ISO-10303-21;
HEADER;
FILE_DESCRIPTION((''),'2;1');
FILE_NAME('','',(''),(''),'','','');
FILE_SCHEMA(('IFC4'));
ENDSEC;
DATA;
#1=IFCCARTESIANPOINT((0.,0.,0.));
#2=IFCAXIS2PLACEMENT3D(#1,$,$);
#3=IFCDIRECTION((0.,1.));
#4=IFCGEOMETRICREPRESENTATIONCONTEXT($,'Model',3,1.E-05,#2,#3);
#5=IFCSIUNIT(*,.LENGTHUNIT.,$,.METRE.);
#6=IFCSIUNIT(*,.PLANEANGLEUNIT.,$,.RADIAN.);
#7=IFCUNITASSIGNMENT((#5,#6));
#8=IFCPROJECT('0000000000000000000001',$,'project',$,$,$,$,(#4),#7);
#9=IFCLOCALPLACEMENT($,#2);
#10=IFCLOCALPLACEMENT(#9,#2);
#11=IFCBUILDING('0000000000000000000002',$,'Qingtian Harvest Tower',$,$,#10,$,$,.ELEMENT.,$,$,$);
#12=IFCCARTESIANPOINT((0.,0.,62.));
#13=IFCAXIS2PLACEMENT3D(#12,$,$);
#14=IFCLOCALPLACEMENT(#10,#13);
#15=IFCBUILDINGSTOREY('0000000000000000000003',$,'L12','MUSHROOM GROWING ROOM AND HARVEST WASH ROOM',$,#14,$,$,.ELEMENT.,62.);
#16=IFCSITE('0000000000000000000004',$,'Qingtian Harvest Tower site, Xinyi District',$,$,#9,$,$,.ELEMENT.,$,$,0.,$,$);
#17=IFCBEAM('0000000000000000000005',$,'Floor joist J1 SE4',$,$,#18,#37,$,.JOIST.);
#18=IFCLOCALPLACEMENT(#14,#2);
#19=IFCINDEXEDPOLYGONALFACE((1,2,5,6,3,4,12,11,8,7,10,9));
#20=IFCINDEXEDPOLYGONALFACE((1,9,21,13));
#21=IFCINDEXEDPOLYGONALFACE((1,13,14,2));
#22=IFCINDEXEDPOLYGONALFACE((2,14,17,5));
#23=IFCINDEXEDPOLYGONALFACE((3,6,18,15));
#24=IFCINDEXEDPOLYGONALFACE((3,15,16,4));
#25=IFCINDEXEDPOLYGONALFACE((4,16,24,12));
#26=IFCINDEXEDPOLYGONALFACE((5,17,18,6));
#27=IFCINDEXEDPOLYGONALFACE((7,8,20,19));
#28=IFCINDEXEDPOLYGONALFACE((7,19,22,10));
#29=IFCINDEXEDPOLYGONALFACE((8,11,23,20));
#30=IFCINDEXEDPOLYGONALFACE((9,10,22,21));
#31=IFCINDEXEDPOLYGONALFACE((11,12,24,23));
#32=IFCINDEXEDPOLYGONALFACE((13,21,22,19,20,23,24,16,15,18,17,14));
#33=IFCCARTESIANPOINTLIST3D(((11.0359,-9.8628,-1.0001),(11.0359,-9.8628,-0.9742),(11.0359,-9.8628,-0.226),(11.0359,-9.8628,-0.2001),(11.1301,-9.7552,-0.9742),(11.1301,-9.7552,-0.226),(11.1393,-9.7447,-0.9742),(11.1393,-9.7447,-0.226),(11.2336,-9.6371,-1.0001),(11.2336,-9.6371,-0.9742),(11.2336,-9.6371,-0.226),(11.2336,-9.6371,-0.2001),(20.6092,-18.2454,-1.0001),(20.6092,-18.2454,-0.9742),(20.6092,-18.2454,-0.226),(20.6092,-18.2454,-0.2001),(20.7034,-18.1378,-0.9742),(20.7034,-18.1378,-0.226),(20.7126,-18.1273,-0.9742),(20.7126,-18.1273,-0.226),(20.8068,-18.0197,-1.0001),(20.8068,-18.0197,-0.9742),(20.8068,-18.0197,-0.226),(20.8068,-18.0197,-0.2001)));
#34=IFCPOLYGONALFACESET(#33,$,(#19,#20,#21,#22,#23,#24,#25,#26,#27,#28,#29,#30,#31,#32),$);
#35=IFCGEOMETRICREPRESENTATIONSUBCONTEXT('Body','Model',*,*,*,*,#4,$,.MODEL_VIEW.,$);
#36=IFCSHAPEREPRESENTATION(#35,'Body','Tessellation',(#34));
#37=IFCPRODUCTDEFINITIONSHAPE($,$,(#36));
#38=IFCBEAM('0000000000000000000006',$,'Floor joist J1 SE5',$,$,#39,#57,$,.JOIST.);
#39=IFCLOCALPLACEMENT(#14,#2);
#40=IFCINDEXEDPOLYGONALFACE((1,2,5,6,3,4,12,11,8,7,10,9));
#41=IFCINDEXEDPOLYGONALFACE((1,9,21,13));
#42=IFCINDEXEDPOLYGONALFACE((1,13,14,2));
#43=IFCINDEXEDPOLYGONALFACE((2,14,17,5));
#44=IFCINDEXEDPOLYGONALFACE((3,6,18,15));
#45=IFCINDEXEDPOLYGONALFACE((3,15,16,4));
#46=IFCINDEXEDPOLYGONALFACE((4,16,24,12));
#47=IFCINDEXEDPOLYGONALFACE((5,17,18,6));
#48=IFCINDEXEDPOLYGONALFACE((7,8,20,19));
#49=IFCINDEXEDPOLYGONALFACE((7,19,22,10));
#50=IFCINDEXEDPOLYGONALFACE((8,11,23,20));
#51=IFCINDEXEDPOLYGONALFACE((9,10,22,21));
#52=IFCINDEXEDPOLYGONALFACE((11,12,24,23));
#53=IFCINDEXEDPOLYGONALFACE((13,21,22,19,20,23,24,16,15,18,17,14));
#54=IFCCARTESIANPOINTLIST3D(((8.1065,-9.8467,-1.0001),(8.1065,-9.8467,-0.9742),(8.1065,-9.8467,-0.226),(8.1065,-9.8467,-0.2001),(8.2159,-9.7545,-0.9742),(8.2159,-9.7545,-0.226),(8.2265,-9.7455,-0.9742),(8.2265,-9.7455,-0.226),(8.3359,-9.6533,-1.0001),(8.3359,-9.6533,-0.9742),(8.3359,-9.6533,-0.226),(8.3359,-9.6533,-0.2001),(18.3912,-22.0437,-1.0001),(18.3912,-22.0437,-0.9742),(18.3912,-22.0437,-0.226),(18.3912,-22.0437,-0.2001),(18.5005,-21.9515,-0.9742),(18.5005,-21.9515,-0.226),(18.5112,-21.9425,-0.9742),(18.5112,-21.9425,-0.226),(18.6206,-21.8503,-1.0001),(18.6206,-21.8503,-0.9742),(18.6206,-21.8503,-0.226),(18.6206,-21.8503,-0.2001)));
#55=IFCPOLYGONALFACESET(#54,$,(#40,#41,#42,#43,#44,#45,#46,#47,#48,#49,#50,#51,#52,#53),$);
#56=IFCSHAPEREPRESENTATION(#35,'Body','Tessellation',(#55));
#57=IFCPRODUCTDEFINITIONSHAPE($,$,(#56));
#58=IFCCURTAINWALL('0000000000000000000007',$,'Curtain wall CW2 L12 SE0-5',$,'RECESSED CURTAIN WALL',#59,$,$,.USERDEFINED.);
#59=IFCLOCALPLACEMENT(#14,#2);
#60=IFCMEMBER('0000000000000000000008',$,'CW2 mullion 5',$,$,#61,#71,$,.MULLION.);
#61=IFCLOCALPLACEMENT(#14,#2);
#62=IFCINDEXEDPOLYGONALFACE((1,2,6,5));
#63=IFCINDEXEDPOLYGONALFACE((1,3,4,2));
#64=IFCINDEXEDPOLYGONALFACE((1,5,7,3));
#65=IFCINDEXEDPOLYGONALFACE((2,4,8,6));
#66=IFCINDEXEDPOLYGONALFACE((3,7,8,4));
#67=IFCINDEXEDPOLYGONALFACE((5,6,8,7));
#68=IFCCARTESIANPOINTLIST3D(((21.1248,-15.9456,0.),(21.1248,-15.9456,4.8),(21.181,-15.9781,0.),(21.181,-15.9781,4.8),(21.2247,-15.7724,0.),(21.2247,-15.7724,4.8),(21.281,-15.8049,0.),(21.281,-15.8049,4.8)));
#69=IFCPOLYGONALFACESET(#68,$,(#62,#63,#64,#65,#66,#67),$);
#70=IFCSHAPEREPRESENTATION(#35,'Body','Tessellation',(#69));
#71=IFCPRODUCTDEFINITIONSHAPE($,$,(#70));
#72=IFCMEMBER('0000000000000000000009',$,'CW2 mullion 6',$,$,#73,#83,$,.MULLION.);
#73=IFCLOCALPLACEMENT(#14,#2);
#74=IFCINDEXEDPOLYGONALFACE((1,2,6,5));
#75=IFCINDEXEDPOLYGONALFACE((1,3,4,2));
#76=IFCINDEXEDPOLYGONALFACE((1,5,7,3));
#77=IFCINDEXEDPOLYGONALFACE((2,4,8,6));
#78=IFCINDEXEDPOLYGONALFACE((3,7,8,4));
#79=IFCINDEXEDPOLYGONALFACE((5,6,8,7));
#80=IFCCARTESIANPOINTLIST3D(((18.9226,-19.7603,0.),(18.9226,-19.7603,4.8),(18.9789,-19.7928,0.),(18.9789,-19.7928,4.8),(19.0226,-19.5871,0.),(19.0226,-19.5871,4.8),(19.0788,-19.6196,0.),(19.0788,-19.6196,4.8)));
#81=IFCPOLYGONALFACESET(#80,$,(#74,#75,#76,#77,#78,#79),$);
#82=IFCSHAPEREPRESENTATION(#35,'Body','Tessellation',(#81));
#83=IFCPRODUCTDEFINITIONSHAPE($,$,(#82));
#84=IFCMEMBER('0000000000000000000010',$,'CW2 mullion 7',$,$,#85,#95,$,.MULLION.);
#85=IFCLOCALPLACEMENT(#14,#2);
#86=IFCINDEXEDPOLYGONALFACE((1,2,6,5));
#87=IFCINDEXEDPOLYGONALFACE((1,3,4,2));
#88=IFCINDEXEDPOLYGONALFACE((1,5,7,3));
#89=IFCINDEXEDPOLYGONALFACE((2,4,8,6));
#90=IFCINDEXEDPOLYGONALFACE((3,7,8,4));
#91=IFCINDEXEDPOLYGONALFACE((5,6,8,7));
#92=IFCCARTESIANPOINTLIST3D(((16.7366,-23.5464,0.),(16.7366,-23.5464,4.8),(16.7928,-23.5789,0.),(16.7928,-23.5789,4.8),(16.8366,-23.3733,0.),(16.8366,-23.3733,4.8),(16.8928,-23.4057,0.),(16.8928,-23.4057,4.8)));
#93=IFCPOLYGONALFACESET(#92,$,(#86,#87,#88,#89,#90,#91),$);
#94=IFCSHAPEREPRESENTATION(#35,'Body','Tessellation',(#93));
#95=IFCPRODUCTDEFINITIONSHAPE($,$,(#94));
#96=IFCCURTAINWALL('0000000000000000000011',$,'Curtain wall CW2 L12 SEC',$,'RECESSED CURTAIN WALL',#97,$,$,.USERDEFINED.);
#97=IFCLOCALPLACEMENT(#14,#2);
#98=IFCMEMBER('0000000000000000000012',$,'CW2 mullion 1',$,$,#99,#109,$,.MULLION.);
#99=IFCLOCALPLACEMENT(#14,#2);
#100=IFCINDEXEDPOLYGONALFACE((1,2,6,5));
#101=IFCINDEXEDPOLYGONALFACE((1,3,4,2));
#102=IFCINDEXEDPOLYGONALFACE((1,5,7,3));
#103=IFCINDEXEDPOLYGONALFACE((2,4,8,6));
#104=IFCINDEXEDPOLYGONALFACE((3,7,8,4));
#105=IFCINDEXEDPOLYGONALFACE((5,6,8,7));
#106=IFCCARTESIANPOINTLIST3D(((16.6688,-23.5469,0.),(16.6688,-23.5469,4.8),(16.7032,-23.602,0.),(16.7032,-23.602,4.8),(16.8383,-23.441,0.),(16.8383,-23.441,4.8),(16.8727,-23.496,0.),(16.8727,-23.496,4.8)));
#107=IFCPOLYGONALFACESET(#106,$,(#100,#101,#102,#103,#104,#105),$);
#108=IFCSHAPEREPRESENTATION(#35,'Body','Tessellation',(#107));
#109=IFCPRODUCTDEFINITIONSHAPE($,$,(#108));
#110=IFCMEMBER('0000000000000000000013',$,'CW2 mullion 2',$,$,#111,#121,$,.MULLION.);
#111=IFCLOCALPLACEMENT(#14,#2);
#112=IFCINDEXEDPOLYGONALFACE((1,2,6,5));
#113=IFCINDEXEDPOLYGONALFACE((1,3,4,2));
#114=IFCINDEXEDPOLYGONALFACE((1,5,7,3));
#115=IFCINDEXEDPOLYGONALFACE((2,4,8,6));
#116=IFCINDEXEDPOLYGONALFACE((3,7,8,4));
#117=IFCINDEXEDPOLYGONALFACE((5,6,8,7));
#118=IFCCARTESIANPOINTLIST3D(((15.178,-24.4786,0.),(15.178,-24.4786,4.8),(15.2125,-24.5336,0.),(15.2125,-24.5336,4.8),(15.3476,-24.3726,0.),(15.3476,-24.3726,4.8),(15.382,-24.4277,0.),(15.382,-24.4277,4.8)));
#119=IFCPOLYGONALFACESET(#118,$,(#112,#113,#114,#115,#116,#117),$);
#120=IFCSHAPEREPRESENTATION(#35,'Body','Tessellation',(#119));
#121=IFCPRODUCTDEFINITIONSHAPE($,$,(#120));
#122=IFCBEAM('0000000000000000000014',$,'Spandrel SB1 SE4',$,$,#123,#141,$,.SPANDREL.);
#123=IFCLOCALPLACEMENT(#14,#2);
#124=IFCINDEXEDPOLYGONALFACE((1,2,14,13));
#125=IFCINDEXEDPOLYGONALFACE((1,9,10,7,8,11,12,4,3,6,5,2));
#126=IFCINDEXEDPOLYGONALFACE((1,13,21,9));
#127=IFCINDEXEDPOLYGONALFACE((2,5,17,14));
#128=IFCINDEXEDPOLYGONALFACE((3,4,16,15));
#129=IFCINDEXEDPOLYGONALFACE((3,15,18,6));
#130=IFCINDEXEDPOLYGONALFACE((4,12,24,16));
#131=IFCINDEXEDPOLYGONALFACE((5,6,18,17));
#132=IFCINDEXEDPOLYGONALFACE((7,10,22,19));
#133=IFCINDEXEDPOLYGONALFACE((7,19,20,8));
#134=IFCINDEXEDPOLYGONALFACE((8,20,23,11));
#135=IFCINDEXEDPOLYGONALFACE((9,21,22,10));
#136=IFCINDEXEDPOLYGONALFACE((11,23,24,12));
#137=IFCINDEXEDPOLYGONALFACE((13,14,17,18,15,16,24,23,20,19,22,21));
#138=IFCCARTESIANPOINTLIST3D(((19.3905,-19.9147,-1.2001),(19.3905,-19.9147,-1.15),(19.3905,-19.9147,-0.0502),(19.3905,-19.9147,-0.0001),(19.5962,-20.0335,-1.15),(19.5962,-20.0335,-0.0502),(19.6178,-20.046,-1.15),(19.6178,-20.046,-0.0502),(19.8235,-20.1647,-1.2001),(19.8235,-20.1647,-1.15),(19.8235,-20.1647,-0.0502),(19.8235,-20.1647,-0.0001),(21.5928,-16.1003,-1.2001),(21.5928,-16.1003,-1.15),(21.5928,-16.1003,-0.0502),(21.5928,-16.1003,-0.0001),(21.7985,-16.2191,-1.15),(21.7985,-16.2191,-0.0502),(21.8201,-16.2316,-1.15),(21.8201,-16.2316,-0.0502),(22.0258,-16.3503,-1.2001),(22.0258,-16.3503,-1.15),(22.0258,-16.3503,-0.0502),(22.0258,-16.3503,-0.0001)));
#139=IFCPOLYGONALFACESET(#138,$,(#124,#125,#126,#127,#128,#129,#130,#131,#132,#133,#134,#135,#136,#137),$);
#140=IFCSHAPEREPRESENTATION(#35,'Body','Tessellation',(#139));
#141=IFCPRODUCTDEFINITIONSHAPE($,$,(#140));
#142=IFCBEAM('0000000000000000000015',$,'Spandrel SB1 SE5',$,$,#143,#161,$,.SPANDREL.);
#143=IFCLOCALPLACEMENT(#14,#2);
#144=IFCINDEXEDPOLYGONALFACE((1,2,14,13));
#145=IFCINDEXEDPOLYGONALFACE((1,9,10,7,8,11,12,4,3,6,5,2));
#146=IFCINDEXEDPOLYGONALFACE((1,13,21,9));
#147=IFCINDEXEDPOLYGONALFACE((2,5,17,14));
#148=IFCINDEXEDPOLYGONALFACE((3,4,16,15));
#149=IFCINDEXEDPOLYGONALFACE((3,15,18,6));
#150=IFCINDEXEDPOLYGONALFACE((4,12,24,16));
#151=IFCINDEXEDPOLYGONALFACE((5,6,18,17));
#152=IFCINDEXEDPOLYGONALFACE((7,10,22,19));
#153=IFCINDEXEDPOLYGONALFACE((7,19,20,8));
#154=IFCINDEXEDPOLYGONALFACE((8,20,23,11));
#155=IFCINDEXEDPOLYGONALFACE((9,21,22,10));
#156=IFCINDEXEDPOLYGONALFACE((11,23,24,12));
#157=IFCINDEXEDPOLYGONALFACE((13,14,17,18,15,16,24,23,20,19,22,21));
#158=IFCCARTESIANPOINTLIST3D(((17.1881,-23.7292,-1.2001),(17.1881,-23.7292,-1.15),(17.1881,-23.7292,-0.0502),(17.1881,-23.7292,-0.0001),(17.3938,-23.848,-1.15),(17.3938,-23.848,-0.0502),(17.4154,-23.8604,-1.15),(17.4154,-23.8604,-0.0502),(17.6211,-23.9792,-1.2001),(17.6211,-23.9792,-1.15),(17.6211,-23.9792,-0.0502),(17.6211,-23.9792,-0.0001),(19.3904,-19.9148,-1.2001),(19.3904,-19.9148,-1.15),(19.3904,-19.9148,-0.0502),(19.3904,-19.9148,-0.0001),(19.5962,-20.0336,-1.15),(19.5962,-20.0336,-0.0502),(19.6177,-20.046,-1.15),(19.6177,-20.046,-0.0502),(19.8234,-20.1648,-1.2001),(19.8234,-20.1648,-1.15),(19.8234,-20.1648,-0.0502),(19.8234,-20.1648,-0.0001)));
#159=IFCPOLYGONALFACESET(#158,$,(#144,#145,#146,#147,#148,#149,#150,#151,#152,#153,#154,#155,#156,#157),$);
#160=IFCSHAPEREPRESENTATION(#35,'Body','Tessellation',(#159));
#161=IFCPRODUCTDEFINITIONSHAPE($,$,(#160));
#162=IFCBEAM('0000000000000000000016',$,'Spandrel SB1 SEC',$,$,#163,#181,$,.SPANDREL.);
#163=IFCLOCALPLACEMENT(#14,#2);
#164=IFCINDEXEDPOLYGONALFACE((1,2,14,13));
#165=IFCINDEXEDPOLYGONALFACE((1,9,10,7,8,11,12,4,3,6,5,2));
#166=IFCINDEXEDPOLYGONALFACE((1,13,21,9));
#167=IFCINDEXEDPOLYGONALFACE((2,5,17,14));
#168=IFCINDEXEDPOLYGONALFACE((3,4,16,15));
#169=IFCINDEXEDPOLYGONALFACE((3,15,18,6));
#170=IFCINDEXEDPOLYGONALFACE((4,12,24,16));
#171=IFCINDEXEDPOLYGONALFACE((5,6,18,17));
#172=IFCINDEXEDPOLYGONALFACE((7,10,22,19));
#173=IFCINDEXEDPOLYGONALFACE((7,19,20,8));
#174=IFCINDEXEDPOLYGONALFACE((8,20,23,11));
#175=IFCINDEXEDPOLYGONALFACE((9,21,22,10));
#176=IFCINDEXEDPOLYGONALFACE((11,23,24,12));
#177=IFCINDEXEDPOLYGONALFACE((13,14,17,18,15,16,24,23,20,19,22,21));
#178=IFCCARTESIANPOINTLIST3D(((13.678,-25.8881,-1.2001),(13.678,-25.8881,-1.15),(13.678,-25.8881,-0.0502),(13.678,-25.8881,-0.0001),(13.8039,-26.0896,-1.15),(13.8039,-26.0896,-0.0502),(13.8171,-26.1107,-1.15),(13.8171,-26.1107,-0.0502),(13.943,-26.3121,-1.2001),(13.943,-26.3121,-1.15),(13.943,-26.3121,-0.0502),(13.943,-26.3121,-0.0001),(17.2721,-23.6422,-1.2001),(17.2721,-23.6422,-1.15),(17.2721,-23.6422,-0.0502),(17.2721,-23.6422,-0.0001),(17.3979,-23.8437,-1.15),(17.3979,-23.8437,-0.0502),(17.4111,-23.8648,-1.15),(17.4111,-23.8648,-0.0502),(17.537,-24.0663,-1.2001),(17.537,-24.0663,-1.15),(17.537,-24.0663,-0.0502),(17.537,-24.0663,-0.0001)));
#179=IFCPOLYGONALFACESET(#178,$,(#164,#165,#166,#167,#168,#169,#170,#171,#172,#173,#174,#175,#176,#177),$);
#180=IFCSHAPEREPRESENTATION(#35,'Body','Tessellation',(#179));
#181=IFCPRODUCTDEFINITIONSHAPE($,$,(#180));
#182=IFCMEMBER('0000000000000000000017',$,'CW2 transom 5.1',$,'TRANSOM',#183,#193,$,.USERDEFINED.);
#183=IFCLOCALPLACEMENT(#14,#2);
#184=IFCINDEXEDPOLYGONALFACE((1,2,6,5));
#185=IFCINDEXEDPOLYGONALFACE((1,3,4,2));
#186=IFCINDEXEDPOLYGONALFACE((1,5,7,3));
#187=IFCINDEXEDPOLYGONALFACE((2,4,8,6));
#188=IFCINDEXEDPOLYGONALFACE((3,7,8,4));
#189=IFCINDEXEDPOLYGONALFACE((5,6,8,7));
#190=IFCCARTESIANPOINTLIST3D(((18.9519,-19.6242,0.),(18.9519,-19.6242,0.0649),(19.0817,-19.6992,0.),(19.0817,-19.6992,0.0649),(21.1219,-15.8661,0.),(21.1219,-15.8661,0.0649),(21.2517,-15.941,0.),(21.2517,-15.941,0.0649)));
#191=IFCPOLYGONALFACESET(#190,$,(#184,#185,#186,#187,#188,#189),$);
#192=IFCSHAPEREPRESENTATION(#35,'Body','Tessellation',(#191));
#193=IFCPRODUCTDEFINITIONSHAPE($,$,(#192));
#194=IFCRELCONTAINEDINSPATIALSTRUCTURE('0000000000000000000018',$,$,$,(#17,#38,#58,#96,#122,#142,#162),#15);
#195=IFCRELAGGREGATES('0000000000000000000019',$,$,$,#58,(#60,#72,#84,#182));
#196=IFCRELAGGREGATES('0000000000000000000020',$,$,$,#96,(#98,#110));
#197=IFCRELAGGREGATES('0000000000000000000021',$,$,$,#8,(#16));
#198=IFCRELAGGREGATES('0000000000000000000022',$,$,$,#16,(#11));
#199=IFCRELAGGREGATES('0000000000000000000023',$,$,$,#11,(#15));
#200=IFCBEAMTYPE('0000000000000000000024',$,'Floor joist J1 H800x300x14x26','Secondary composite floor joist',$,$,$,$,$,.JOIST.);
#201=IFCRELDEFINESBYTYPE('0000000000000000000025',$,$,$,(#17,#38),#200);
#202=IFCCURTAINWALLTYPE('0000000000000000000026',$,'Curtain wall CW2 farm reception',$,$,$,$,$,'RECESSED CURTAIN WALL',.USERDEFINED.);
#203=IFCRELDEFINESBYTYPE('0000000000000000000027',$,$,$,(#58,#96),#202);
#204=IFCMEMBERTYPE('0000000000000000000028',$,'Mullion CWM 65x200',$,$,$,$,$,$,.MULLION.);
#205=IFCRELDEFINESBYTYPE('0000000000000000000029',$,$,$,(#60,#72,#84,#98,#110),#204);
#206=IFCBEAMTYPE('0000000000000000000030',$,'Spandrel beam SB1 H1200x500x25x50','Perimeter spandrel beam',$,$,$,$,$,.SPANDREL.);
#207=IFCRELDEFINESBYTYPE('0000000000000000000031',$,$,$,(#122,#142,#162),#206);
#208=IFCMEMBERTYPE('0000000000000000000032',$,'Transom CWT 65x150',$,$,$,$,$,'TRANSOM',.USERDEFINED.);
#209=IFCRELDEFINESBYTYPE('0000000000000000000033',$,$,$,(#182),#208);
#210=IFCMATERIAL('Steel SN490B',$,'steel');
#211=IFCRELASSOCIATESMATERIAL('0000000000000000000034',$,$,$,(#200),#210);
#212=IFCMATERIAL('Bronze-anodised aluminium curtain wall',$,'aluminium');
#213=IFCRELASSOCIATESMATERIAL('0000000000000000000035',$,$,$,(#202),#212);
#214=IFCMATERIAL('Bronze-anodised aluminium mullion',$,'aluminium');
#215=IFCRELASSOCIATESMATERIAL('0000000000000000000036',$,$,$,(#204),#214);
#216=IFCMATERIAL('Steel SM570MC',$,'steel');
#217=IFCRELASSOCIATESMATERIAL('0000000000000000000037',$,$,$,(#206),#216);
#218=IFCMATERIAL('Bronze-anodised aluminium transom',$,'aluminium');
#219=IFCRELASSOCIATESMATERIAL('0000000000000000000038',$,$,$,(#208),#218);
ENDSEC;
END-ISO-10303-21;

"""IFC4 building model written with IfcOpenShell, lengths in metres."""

from ifc_helpers import new_model, si_unit, direction, frame, origin, origin_2d, place, context, subcontext, project, spatial, rectangle, i_section, extrude, material, material_profile, profile_set, type_object, element, aggregate, save


model = new_model("IFC4")

# Units and contexts
model_context = context("Model", 3, precision=1e-05, world=origin(), true_north=direction((0.0, 1.0)))
body_context = subcontext(model_context, "Body", "Model", "MODEL_VIEW")
ifc_project = project(units=[si_unit("LENGTHUNIT", "METRE"), si_unit("PLANEANGLEUNIT", "RADIAN")], contexts=[model_context])

# Site, building, storey
site_placement = place(None, origin())
site = spatial("IfcSite", under=ifc_project, at=site_placement, Name="Qingtian Harvest Tower site, Xinyi District", CompositionType="ELEMENT", RefElevation=0.0)
building_placement = place(site_placement, origin())
building = spatial("IfcBuilding", under=site, at=building_placement, Name="Qingtian Harvest Tower", CompositionType="ELEMENT")
storey_placement = place(building_placement, frame((0.0, 0.0, 62.0)))
storey = spatial("IfcBuildingStorey", under=building, at=storey_placement, Name="L12", Description="MUSHROOM GROWING ROOM AND HARVEST WASH ROOM", CompositionType="ELEMENT", Elevation=62.0)

# Beams
ifc_material_1 = material(Name="Steel SN490B", Category="steel")
ifc_material_profile_1 = material_profile(ifc_material_1, i_section(OverallWidth=0.3, OverallDepth=0.8, WebThickness=0.0139, FlangeThickness=0.0259, at=origin_2d()), Name="H800x300x14x26")
ifc_profile_set_1 = profile_set([ifc_material_profile_1], Name="Steel SN490B")
beam_type_1 = type_object("IfcBeamType", Name="Floor joist J1 H800x300x14x26", Description="Secondary composite floor joist", PredefinedType="JOIST", material=ifc_profile_set_1)
beam_1_placement = place(storey_placement, frame((20.708, -18.1326, -0.6001), z_axis=(-0.752344, 0.658771, 0.0), x_axis=(-0.658771, -0.752344, 0.0)))
element("IfcBeam", 1, at=beam_1_placement, inside=storey, type_object=beam_type_1, Name="Floor joist J1 SE4", PredefinedType="JOIST", context=body_context, shape_type="SweptSolid", body=[
    extrude(i_section(OverallWidth=0.3, OverallDepth=0.8, WebThickness=0.0139, FlangeThickness=0.0259, at=origin_2d()), origin(), (0.0, 0.0, 1.0), 12.7246),
])
beam_2_placement = place(storey_placement, frame((18.5059, -21.947, -0.6001), z_axis=(-0.64463, 0.764494, 0.0), x_axis=(-0.764494, -0.64463, 0.0)))
element("IfcBeam", 2, at=beam_2_placement, inside=storey, type_object=beam_type_1, Name="Floor joist J1 SE5", PredefinedType="JOIST", context=body_context, shape_type="SweptSolid", body=[
    extrude(i_section(OverallWidth=0.3, OverallDepth=0.8, WebThickness=0.0139, FlangeThickness=0.0259, at=origin_2d()), origin(), (0.0, 0.0, 1.0), 15.9543),
])

# Curtain walls, members
ifc_material_2 = material(Name="Bronze-anodised aluminium curtain wall", Category="aluminium")
curtain_wall_type = type_object("IfcCurtainWallType", Name="Curtain wall CW2 farm reception", ElementType="RECESSED CURTAIN WALL", PredefinedType="USERDEFINED", material=ifc_material_2)
curtain_wall_1_placement = place(storey_placement, origin())
curtain_wall_1 = element("IfcCurtainWall", 3, at=curtain_wall_1_placement, inside=storey, type_object=curtain_wall_type, Name="Curtain wall CW2 L12 SE0-5", ObjectType="RECESSED CURTAIN WALL", PredefinedType="USERDEFINED")
ifc_material_3 = material(Name="Bronze-anodised aluminium mullion", Category="aluminium")
ifc_material_profile_2 = material_profile(ifc_material_3, rectangle(XDim=0.0649, YDim=0.2, at=origin_2d()), Name="AL 65x200")
ifc_profile_set_2 = profile_set([ifc_material_profile_2], Name="Bronze-anodised aluminium mullion")
member_type_1 = type_object("IfcMemberType", Name="Mullion CWM 65x200", PredefinedType="MULLION", material=ifc_profile_set_2)
member_1_placement = place(storey_placement, frame((21.2029, -15.8752, 0.0), z_axis=(0.0, 0.0, 1.0), x_axis=(0.866025, -0.5, 0.0)))
member_1 = element("IfcMember", 4, at=member_1_placement, type_object=member_type_1, Name="CW2 mullion 5", PredefinedType="MULLION", context=body_context, shape_type="SweptSolid", body=[
    extrude(rectangle(XDim=0.0649, YDim=0.2, at=origin_2d()), origin(), (0.0, 0.0, 1.0), 4.8),
])
member_2_placement = place(storey_placement, frame((19.0007, -19.6899, 0.0), z_axis=(0.0, 0.0, 1.0), x_axis=(0.866025, -0.5, 0.0)))
member_2 = element("IfcMember", 5, at=member_2_placement, type_object=member_type_1, Name="CW2 mullion 6", PredefinedType="MULLION", context=body_context, shape_type="SweptSolid", body=[
    extrude(rectangle(XDim=0.0649, YDim=0.2, at=origin_2d()), origin(), (0.0, 0.0, 1.0), 4.8),
])
member_3_placement = place(storey_placement, frame((16.8147, -23.4761, 0.0), z_axis=(0.0, 0.0, 1.0), x_axis=(0.866025, -0.5, 0.0)))
member_3 = element("IfcMember", 6, at=member_3_placement, type_object=member_type_1, Name="CW2 mullion 7", PredefinedType="MULLION", context=body_context, shape_type="SweptSolid", body=[
    extrude(rectangle(XDim=0.0649, YDim=0.2, at=origin_2d()), origin(), (0.0, 0.0, 1.0), 4.8),
])
curtain_wall_2_placement = place(storey_placement, origin())
curtain_wall_2 = element("IfcCurtainWall", 7, at=curtain_wall_2_placement, inside=storey, type_object=curtain_wall_type, Name="Curtain wall CW2 L12 SEC", ObjectType="RECESSED CURTAIN WALL", PredefinedType="USERDEFINED")
member_4_placement = place(storey_placement, frame((16.7708, -23.5215, 0.0), z_axis=(0.0, 0.0, 1.0), x_axis=(0.529919, -0.848048, 0.0)))
member_4 = element("IfcMember", 8, at=member_4_placement, type_object=member_type_1, Name="CW2 mullion 1", PredefinedType="MULLION", context=body_context, shape_type="SweptSolid", body=[
    extrude(rectangle(XDim=0.0649, YDim=0.2, at=origin_2d()), origin(), (0.0, 0.0, 1.0), 4.8),
])
member_5_placement = place(storey_placement, frame((15.28, -24.4531, 0.0), z_axis=(0.0, 0.0, 1.0), x_axis=(0.529919, -0.848048, 0.0)))
member_5 = element("IfcMember", 9, at=member_5_placement, type_object=member_type_1, Name="CW2 mullion 2", PredefinedType="MULLION", context=body_context, shape_type="SweptSolid", body=[
    extrude(rectangle(XDim=0.0649, YDim=0.2, at=origin_2d()), origin(), (0.0, 0.0, 1.0), 4.8),
])

# Beams
ifc_material_4 = material(Name="Steel SM570MC", Category="steel")
ifc_material_profile_3 = material_profile(ifc_material_4, i_section(OverallWidth=0.5, OverallDepth=1.2, WebThickness=0.0249, FlangeThickness=0.05, at=origin_2d()), Name="H1200x500x25x50")
ifc_profile_set_3 = profile_set([ifc_material_profile_3], Name="Steel SM570MC")
beam_type_2 = type_object("IfcBeamType", Name="Spandrel beam SB1 H1200x500x25x50", Description="Perimeter spandrel beam", PredefinedType="SPANDREL", material=ifc_profile_set_3)
for number, where, z_axis, x_axis, name in (
    (10, (21.8093, -16.2253, -0.6001), (-0.50002, -0.866014, 0.0), (0.866014, -0.50002, 0.0), "Spandrel SB1 SE4"),
    (11, (19.6069, -20.0398, -0.6001), (-0.50002, -0.866014, 0.0), (0.866014, -0.50002, 0.0), "Spandrel SB1 SE5"),
):
    element("IfcBeam", number, at=place(storey_placement, frame(where, z_axis=z_axis, x_axis=x_axis)), inside=storey, type_object=beam_type_2, Name=name, PredefinedType="SPANDREL", context=body_context, shape_type="SweptSolid", body=[
        extrude(i_section(OverallWidth=0.5, OverallDepth=1.2, WebThickness=0.0249, FlangeThickness=0.05, at=origin_2d()), origin(), (0.0, 0.0, 1.0), 4.4045),
    ])
beam_3_placement = place(storey_placement, frame((17.4045, -23.8542, -0.6001), z_axis=(-0.84804, -0.529932, 0.0), x_axis=(0.529932, -0.84804, 0.0)))
element("IfcBeam", 12, at=beam_3_placement, inside=storey, type_object=beam_type_2, Name="Spandrel SB1 SEC", PredefinedType="SPANDREL", context=body_context, shape_type="SweptSolid", body=[
    extrude(i_section(OverallWidth=0.5, OverallDepth=1.2, WebThickness=0.0249, FlangeThickness=0.05, at=origin_2d()), origin(), (0.0, 0.0, 1.0), 4.238),
])

# Member
ifc_material_5 = material(Name="Bronze-anodised aluminium transom", Category="aluminium")
ifc_material_profile_4 = material_profile(ifc_material_5, rectangle(XDim=0.1499, YDim=0.0649, at=origin_2d()), Name="AL 65x150")
ifc_profile_set_4 = profile_set([ifc_material_profile_4], Name="Bronze-anodised aluminium transom")
member_type_2 = type_object("IfcMemberType", Name="Transom CWT 65x150", ElementType="TRANSOM", PredefinedType="USERDEFINED", material=ifc_profile_set_4)
member_6_placement = place(storey_placement, frame((21.1868, -15.9036, 0.0325), z_axis=(-0.500036, -0.866005, 0.0), x_axis=(0.866005, -0.500036, 0.0)))
member_6 = element("IfcMember", 13, at=member_6_placement, type_object=member_type_2, Name="CW2 transom 5.1", ObjectType="TRANSOM", PredefinedType="USERDEFINED", context=body_context, shape_type="SweptSolid", body=[
    extrude(rectangle(XDim=0.1499, YDim=0.0649, at=origin_2d()), origin(), (0.0, 0.0, 1.0), 4.3396),
])

aggregate(curtain_wall_1, [member_1, member_2, member_3, member_6])
aggregate(curtain_wall_2, [member_4, member_5])

save(model, "model.ifc")
